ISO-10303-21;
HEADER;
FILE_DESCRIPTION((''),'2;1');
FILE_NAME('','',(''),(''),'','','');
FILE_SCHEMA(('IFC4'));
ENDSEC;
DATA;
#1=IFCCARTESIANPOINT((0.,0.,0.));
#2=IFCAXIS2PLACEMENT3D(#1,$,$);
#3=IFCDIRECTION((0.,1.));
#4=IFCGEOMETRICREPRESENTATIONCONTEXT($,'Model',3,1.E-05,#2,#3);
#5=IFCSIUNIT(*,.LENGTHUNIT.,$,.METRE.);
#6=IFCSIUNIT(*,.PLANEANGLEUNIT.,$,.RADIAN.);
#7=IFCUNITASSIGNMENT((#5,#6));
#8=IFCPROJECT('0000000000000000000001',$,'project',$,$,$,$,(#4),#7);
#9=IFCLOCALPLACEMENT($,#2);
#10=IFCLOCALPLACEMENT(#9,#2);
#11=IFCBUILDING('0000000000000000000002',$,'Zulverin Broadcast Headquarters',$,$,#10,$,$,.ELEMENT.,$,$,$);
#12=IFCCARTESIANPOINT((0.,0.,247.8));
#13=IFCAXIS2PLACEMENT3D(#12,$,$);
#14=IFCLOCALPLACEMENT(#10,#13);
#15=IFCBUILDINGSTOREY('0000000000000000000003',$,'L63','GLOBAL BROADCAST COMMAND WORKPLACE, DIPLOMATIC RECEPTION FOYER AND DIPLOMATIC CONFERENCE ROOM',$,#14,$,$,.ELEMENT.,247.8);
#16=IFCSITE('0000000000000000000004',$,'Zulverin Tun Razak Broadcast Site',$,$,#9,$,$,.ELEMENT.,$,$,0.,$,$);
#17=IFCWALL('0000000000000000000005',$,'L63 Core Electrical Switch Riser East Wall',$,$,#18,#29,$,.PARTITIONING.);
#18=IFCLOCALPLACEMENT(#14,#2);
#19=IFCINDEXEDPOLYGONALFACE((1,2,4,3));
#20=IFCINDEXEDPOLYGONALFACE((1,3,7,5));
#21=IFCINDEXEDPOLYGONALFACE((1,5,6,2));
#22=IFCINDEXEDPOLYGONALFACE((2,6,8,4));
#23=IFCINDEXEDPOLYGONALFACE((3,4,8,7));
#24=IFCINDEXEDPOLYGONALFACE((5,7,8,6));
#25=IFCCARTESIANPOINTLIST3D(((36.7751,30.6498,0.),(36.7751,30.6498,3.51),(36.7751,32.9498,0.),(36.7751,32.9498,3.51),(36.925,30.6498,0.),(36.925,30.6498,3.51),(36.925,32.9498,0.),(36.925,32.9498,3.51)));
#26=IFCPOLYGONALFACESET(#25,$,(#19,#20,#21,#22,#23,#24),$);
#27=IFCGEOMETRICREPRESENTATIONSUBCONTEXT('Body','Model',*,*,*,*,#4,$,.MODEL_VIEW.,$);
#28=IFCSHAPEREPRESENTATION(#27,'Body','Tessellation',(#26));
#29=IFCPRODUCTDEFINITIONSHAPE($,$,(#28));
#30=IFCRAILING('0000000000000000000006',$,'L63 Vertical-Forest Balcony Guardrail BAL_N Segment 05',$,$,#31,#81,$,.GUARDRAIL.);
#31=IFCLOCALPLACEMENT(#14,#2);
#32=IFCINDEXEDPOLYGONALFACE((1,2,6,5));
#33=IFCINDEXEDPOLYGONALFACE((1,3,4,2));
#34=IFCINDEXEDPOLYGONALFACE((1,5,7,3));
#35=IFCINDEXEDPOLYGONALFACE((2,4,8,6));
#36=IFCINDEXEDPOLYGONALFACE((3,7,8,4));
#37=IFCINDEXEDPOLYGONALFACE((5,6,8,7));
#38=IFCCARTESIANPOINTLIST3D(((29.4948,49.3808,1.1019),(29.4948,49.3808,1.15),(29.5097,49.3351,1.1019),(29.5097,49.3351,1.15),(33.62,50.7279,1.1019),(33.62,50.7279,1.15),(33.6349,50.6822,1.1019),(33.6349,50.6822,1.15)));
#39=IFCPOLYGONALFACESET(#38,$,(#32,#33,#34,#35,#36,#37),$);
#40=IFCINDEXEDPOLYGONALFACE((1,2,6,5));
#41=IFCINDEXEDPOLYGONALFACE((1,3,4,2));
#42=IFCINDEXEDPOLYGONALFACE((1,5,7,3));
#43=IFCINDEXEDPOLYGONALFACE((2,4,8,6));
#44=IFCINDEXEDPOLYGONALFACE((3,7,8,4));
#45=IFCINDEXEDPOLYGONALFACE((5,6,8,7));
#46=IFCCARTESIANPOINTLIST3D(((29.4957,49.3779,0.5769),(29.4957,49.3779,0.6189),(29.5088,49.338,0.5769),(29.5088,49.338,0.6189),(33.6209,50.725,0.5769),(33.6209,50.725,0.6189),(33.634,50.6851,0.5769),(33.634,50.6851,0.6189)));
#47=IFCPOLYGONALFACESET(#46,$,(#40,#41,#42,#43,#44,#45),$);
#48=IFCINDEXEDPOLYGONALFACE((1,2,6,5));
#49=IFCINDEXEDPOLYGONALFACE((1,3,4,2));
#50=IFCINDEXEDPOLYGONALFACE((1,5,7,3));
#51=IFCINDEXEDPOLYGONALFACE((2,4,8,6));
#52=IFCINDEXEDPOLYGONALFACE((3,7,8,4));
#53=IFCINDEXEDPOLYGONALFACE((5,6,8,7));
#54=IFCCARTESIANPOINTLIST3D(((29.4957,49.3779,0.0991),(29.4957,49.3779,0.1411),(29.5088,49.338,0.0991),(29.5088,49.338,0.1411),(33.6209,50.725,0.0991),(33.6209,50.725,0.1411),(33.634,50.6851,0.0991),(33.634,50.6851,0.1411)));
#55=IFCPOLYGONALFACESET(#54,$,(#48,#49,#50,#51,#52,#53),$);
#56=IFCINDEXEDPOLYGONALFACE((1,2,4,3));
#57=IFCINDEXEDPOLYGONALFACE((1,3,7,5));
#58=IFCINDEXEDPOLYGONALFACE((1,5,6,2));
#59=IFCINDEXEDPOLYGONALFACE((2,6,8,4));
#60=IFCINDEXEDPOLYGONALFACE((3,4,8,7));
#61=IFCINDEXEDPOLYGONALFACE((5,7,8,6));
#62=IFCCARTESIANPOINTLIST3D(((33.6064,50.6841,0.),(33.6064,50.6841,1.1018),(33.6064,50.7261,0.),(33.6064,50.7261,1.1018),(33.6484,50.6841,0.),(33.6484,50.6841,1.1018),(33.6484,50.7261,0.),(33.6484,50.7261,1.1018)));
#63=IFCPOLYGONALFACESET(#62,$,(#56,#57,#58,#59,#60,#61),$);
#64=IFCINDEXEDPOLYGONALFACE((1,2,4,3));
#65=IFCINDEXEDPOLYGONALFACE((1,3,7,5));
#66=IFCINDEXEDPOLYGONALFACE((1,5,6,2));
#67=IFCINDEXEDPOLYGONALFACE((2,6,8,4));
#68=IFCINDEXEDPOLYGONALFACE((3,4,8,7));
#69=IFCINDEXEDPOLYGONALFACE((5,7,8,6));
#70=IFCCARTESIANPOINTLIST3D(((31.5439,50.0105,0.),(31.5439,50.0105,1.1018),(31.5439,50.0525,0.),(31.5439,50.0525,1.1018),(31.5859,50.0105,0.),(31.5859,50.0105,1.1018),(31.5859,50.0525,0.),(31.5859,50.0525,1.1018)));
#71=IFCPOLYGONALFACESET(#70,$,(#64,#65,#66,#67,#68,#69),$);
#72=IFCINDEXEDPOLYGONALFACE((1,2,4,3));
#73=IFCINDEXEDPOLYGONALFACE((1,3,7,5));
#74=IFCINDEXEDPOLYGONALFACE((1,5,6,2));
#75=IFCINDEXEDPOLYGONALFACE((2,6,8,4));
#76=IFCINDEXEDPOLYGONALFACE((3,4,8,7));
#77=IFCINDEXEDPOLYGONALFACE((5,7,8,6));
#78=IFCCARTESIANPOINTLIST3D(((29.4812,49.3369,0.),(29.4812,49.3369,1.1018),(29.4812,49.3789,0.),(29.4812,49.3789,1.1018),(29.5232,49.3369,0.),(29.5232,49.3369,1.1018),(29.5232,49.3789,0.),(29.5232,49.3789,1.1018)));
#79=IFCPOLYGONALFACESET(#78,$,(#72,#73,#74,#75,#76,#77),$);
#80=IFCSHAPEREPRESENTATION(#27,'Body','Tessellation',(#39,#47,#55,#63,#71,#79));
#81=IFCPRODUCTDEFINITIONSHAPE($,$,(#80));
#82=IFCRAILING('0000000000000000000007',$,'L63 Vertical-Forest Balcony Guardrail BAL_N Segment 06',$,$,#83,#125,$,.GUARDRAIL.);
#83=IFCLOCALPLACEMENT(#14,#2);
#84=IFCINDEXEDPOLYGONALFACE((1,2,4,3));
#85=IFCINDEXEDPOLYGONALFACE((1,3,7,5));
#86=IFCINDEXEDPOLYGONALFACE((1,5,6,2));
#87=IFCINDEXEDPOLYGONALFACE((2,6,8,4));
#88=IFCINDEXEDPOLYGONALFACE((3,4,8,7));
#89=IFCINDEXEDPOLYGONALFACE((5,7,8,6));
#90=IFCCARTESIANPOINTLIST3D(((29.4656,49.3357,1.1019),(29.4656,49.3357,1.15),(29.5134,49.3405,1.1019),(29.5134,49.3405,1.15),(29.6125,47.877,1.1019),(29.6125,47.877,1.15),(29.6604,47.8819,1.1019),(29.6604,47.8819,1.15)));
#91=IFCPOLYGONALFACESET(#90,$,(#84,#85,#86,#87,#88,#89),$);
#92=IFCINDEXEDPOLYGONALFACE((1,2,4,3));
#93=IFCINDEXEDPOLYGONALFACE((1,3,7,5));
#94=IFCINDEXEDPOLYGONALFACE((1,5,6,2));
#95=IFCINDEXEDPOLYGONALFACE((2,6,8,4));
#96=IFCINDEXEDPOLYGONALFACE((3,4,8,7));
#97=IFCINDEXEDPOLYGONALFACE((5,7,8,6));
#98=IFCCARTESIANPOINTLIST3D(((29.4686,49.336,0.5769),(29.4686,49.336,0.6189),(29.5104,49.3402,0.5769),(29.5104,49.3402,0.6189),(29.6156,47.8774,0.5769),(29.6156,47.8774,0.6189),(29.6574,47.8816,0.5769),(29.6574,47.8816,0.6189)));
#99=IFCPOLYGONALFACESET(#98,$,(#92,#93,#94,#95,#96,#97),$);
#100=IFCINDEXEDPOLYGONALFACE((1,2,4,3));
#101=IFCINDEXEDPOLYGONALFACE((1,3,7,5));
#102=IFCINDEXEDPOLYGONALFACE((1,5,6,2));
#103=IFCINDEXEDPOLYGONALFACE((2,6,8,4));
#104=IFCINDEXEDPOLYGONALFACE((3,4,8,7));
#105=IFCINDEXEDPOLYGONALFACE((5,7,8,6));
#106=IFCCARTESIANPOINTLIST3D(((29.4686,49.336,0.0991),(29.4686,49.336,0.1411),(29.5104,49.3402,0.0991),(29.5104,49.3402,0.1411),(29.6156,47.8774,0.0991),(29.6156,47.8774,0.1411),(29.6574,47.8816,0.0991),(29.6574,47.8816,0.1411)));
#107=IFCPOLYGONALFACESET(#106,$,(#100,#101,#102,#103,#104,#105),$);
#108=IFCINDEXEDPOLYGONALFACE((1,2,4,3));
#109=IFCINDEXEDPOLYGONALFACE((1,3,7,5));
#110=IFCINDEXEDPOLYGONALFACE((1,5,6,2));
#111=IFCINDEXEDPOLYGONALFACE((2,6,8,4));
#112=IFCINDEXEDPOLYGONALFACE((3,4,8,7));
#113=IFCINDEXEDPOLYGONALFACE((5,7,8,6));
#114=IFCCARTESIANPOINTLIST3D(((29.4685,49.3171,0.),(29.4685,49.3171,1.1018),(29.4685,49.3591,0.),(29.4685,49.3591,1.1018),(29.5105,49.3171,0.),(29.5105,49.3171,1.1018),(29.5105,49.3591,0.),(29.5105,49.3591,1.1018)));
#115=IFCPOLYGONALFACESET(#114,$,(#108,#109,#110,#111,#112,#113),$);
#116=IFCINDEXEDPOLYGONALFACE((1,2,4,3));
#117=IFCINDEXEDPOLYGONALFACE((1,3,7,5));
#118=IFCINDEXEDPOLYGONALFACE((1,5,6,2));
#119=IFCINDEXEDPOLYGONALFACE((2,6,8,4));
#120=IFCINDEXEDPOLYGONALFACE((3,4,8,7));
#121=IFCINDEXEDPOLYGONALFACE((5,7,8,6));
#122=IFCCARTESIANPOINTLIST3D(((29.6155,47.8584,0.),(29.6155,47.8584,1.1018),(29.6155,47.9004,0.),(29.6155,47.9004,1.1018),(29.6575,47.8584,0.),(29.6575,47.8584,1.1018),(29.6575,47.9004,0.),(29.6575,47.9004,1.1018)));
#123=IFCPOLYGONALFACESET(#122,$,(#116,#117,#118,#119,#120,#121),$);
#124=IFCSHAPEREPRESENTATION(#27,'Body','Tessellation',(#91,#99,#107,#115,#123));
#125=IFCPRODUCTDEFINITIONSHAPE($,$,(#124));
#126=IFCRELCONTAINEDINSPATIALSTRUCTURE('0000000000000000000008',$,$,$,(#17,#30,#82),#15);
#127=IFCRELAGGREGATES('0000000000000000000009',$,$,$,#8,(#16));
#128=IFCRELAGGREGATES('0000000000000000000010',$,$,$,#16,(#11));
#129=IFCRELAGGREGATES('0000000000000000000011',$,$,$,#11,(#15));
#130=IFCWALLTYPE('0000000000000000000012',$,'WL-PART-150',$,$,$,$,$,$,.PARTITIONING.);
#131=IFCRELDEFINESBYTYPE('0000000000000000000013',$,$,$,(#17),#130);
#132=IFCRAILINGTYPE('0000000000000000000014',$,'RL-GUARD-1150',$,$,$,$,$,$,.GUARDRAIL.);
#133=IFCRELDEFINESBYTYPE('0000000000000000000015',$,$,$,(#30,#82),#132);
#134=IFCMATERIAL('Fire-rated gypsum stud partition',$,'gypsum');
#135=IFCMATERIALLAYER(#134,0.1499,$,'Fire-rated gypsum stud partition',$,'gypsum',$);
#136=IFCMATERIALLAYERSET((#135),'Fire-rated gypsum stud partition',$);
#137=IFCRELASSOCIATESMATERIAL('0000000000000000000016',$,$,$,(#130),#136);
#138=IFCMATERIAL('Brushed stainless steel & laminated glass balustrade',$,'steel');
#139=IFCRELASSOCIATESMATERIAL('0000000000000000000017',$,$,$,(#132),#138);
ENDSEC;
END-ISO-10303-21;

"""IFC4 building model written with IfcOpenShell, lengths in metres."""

from ifc_helpers import new_model, si_unit, direction, frame, frame_2d, origin, origin_2d, place, context, subcontext, project, spatial, rectangle, extrude, material, layer, layer_set, type_object, element, save


model = new_model("IFC4")

# Units and contexts
model_context = context("Model", 3, precision=1e-05, world=origin(), true_north=direction((0.0, 1.0)))
body_context = subcontext(model_context, "Body", "Model", "MODEL_VIEW")
ifc_project = project(units=[si_unit("LENGTHUNIT", "METRE"), si_unit("PLANEANGLEUNIT", "RADIAN")], contexts=[model_context])

# Site, building, storey
site_placement = place(None, origin())
site = spatial("IfcSite", under=ifc_project, at=site_placement, Name="Zulverin Tun Razak Broadcast Site", CompositionType="ELEMENT", RefElevation=0.0)
building_placement = place(site_placement, origin())
building = spatial("IfcBuilding", under=site, at=building_placement, Name="Zulverin Broadcast Headquarters", CompositionType="ELEMENT")
storey_placement = place(building_placement, frame((0.0, 0.0, 247.8)))
storey = spatial("IfcBuildingStorey", under=building, at=storey_placement, Name="L63", Description="GLOBAL BROADCAST COMMAND WORKPLACE, DIPLOMATIC RECEPTION FOYER AND DIPLOMATIC CONFERENCE ROOM", CompositionType="ELEMENT", Elevation=247.8)

# Shared definitions
ifc_material_1 = material(Name="Fire-rated gypsum stud partition", Category="gypsum")
ifc_layer_1 = layer(ifc_material_1, 0.1499, Name="Fire-rated gypsum stud partition", Category="gypsum")
ifc_layer_set_1 = layer_set([ifc_layer_1], Name="Fire-rated gypsum stud partition")
wall_type_1 = type_object("IfcWallType", Name="WL-PART-150", PredefinedType="PARTITIONING", material=ifc_layer_set_1)

# Wall
for number, where, z_axis, x_axis, name in (
    (1, (36.8501, 30.6499, 0.0), (0.0, 0.0, 1.0), (0.0, 1.0, 0.0), "L63 Core Electrical Switch Riser East Wall"),
):
    element("IfcWall", number, at=place(storey_placement, frame(where, z_axis=z_axis, x_axis=x_axis)), inside=storey, type_object=wall_type_1, Name=name, PredefinedType="PARTITIONING", context=body_context, shape_type="SweptSolid", body=[
        extrude(rectangle(XDim=2.3, YDim=0.1499, at=frame_2d((1.1499, 0.0))), origin(), (0.0, 0.0, 1.0), 3.51),
    ])

# Railings
ifc_material_2 = material(Name="Brushed stainless steel & laminated glass balustrade", Category="steel")
railing_type = type_object("IfcRailingType", Name="RL-GUARD-1150", PredefinedType="GUARDRAIL", material=ifc_material_2)
railing_1_placement = place(storey_placement, frame((33.6274, 50.7051, 0.0)))
element("IfcRailing", 2, at=railing_1_placement, inside=storey, type_object=railing_type, Name="L63 Vertical-Forest Balcony Guardrail BAL_N Segment 05", PredefinedType="GUARDRAIL", context=body_context, shape_type="SweptSolid", body=[
    extrude(rectangle(XDim=0.0481, YDim=0.0481, at=origin_2d()), frame((0.0, 0.0, 1.126), z_axis=(-0.950595, -0.310433, 0.0), x_axis=(0.310433, -0.950595, 0.0)), (0.0, 0.0, 1.0), 4.3396),
    extrude(rectangle(XDim=0.042, YDim=0.042, at=origin_2d()), frame((0.0, 0.0, 0.5979), z_axis=(-0.950595, -0.310433, 0.0), x_axis=(0.310433, -0.950595, 0.0)), (0.0, 0.0, 1.0), 4.3396),
    extrude(rectangle(XDim=0.042, YDim=0.042, at=origin_2d()), frame((0.0, 0.0, 0.1201), z_axis=(-0.950595, -0.310433, 0.0), x_axis=(0.310433, -0.950595, 0.0)), (0.0, 0.0, 1.0), 4.3396),
    extrude(rectangle(XDim=0.042, YDim=0.042, at=origin_2d()), origin(), (0.0, 0.0, 1.0), 1.1018),
    extrude(rectangle(XDim=0.042, YDim=0.042, at=origin_2d()), frame((-2.0625, -0.6736, 0.0)), (0.0, 0.0, 1.0), 1.1018),
    extrude(rectangle(XDim=0.042, YDim=0.042, at=origin_2d()), frame((-4.1252, -1.3472, 0.0)), (0.0, 0.0, 1.0), 1.1018),
])
railing_2_placement = place(storey_placement, frame((29.4895, 49.3381, 0.0)))
element("IfcRailing", 3, at=railing_2_placement, inside=storey, type_object=railing_type, Name="L63 Vertical-Forest Balcony Guardrail BAL_N Segment 06", PredefinedType="GUARDRAIL", context=body_context, shape_type="SweptSolid", body=[
    extrude(rectangle(XDim=0.0481, YDim=0.0481, at=origin_2d()), frame((0.0, 0.0, 1.126), z_axis=(0.100246, -0.994963, 0.0), x_axis=(0.994963, 0.100246, 0.0)), (0.0, 0.0, 1.0), 1.4661),
    extrude(rectangle(XDim=0.042, YDim=0.042, at=origin_2d()), frame((0.0, 0.0, 0.5979), z_axis=(0.100246, -0.994963, 0.0), x_axis=(0.994963, 0.100246, 0.0)), (0.0, 0.0, 1.0), 1.4661),
    extrude(rectangle(XDim=0.042, YDim=0.042, at=origin_2d()), frame((0.0, 0.0, 0.1201), z_axis=(0.100246, -0.994963, 0.0), x_axis=(0.994963, 0.100246, 0.0)), (0.0, 0.0, 1.0), 1.4661),
    extrude(rectangle(XDim=0.042, YDim=0.042, at=origin_2d()), origin(), (0.0, 0.0, 1.0), 1.1018),
    extrude(rectangle(XDim=0.042, YDim=0.042, at=origin_2d()), frame((0.147, -1.4587, 0.0)), (0.0, 0.0, 1.0), 1.1018),
])

save(model, "model.ifc")
